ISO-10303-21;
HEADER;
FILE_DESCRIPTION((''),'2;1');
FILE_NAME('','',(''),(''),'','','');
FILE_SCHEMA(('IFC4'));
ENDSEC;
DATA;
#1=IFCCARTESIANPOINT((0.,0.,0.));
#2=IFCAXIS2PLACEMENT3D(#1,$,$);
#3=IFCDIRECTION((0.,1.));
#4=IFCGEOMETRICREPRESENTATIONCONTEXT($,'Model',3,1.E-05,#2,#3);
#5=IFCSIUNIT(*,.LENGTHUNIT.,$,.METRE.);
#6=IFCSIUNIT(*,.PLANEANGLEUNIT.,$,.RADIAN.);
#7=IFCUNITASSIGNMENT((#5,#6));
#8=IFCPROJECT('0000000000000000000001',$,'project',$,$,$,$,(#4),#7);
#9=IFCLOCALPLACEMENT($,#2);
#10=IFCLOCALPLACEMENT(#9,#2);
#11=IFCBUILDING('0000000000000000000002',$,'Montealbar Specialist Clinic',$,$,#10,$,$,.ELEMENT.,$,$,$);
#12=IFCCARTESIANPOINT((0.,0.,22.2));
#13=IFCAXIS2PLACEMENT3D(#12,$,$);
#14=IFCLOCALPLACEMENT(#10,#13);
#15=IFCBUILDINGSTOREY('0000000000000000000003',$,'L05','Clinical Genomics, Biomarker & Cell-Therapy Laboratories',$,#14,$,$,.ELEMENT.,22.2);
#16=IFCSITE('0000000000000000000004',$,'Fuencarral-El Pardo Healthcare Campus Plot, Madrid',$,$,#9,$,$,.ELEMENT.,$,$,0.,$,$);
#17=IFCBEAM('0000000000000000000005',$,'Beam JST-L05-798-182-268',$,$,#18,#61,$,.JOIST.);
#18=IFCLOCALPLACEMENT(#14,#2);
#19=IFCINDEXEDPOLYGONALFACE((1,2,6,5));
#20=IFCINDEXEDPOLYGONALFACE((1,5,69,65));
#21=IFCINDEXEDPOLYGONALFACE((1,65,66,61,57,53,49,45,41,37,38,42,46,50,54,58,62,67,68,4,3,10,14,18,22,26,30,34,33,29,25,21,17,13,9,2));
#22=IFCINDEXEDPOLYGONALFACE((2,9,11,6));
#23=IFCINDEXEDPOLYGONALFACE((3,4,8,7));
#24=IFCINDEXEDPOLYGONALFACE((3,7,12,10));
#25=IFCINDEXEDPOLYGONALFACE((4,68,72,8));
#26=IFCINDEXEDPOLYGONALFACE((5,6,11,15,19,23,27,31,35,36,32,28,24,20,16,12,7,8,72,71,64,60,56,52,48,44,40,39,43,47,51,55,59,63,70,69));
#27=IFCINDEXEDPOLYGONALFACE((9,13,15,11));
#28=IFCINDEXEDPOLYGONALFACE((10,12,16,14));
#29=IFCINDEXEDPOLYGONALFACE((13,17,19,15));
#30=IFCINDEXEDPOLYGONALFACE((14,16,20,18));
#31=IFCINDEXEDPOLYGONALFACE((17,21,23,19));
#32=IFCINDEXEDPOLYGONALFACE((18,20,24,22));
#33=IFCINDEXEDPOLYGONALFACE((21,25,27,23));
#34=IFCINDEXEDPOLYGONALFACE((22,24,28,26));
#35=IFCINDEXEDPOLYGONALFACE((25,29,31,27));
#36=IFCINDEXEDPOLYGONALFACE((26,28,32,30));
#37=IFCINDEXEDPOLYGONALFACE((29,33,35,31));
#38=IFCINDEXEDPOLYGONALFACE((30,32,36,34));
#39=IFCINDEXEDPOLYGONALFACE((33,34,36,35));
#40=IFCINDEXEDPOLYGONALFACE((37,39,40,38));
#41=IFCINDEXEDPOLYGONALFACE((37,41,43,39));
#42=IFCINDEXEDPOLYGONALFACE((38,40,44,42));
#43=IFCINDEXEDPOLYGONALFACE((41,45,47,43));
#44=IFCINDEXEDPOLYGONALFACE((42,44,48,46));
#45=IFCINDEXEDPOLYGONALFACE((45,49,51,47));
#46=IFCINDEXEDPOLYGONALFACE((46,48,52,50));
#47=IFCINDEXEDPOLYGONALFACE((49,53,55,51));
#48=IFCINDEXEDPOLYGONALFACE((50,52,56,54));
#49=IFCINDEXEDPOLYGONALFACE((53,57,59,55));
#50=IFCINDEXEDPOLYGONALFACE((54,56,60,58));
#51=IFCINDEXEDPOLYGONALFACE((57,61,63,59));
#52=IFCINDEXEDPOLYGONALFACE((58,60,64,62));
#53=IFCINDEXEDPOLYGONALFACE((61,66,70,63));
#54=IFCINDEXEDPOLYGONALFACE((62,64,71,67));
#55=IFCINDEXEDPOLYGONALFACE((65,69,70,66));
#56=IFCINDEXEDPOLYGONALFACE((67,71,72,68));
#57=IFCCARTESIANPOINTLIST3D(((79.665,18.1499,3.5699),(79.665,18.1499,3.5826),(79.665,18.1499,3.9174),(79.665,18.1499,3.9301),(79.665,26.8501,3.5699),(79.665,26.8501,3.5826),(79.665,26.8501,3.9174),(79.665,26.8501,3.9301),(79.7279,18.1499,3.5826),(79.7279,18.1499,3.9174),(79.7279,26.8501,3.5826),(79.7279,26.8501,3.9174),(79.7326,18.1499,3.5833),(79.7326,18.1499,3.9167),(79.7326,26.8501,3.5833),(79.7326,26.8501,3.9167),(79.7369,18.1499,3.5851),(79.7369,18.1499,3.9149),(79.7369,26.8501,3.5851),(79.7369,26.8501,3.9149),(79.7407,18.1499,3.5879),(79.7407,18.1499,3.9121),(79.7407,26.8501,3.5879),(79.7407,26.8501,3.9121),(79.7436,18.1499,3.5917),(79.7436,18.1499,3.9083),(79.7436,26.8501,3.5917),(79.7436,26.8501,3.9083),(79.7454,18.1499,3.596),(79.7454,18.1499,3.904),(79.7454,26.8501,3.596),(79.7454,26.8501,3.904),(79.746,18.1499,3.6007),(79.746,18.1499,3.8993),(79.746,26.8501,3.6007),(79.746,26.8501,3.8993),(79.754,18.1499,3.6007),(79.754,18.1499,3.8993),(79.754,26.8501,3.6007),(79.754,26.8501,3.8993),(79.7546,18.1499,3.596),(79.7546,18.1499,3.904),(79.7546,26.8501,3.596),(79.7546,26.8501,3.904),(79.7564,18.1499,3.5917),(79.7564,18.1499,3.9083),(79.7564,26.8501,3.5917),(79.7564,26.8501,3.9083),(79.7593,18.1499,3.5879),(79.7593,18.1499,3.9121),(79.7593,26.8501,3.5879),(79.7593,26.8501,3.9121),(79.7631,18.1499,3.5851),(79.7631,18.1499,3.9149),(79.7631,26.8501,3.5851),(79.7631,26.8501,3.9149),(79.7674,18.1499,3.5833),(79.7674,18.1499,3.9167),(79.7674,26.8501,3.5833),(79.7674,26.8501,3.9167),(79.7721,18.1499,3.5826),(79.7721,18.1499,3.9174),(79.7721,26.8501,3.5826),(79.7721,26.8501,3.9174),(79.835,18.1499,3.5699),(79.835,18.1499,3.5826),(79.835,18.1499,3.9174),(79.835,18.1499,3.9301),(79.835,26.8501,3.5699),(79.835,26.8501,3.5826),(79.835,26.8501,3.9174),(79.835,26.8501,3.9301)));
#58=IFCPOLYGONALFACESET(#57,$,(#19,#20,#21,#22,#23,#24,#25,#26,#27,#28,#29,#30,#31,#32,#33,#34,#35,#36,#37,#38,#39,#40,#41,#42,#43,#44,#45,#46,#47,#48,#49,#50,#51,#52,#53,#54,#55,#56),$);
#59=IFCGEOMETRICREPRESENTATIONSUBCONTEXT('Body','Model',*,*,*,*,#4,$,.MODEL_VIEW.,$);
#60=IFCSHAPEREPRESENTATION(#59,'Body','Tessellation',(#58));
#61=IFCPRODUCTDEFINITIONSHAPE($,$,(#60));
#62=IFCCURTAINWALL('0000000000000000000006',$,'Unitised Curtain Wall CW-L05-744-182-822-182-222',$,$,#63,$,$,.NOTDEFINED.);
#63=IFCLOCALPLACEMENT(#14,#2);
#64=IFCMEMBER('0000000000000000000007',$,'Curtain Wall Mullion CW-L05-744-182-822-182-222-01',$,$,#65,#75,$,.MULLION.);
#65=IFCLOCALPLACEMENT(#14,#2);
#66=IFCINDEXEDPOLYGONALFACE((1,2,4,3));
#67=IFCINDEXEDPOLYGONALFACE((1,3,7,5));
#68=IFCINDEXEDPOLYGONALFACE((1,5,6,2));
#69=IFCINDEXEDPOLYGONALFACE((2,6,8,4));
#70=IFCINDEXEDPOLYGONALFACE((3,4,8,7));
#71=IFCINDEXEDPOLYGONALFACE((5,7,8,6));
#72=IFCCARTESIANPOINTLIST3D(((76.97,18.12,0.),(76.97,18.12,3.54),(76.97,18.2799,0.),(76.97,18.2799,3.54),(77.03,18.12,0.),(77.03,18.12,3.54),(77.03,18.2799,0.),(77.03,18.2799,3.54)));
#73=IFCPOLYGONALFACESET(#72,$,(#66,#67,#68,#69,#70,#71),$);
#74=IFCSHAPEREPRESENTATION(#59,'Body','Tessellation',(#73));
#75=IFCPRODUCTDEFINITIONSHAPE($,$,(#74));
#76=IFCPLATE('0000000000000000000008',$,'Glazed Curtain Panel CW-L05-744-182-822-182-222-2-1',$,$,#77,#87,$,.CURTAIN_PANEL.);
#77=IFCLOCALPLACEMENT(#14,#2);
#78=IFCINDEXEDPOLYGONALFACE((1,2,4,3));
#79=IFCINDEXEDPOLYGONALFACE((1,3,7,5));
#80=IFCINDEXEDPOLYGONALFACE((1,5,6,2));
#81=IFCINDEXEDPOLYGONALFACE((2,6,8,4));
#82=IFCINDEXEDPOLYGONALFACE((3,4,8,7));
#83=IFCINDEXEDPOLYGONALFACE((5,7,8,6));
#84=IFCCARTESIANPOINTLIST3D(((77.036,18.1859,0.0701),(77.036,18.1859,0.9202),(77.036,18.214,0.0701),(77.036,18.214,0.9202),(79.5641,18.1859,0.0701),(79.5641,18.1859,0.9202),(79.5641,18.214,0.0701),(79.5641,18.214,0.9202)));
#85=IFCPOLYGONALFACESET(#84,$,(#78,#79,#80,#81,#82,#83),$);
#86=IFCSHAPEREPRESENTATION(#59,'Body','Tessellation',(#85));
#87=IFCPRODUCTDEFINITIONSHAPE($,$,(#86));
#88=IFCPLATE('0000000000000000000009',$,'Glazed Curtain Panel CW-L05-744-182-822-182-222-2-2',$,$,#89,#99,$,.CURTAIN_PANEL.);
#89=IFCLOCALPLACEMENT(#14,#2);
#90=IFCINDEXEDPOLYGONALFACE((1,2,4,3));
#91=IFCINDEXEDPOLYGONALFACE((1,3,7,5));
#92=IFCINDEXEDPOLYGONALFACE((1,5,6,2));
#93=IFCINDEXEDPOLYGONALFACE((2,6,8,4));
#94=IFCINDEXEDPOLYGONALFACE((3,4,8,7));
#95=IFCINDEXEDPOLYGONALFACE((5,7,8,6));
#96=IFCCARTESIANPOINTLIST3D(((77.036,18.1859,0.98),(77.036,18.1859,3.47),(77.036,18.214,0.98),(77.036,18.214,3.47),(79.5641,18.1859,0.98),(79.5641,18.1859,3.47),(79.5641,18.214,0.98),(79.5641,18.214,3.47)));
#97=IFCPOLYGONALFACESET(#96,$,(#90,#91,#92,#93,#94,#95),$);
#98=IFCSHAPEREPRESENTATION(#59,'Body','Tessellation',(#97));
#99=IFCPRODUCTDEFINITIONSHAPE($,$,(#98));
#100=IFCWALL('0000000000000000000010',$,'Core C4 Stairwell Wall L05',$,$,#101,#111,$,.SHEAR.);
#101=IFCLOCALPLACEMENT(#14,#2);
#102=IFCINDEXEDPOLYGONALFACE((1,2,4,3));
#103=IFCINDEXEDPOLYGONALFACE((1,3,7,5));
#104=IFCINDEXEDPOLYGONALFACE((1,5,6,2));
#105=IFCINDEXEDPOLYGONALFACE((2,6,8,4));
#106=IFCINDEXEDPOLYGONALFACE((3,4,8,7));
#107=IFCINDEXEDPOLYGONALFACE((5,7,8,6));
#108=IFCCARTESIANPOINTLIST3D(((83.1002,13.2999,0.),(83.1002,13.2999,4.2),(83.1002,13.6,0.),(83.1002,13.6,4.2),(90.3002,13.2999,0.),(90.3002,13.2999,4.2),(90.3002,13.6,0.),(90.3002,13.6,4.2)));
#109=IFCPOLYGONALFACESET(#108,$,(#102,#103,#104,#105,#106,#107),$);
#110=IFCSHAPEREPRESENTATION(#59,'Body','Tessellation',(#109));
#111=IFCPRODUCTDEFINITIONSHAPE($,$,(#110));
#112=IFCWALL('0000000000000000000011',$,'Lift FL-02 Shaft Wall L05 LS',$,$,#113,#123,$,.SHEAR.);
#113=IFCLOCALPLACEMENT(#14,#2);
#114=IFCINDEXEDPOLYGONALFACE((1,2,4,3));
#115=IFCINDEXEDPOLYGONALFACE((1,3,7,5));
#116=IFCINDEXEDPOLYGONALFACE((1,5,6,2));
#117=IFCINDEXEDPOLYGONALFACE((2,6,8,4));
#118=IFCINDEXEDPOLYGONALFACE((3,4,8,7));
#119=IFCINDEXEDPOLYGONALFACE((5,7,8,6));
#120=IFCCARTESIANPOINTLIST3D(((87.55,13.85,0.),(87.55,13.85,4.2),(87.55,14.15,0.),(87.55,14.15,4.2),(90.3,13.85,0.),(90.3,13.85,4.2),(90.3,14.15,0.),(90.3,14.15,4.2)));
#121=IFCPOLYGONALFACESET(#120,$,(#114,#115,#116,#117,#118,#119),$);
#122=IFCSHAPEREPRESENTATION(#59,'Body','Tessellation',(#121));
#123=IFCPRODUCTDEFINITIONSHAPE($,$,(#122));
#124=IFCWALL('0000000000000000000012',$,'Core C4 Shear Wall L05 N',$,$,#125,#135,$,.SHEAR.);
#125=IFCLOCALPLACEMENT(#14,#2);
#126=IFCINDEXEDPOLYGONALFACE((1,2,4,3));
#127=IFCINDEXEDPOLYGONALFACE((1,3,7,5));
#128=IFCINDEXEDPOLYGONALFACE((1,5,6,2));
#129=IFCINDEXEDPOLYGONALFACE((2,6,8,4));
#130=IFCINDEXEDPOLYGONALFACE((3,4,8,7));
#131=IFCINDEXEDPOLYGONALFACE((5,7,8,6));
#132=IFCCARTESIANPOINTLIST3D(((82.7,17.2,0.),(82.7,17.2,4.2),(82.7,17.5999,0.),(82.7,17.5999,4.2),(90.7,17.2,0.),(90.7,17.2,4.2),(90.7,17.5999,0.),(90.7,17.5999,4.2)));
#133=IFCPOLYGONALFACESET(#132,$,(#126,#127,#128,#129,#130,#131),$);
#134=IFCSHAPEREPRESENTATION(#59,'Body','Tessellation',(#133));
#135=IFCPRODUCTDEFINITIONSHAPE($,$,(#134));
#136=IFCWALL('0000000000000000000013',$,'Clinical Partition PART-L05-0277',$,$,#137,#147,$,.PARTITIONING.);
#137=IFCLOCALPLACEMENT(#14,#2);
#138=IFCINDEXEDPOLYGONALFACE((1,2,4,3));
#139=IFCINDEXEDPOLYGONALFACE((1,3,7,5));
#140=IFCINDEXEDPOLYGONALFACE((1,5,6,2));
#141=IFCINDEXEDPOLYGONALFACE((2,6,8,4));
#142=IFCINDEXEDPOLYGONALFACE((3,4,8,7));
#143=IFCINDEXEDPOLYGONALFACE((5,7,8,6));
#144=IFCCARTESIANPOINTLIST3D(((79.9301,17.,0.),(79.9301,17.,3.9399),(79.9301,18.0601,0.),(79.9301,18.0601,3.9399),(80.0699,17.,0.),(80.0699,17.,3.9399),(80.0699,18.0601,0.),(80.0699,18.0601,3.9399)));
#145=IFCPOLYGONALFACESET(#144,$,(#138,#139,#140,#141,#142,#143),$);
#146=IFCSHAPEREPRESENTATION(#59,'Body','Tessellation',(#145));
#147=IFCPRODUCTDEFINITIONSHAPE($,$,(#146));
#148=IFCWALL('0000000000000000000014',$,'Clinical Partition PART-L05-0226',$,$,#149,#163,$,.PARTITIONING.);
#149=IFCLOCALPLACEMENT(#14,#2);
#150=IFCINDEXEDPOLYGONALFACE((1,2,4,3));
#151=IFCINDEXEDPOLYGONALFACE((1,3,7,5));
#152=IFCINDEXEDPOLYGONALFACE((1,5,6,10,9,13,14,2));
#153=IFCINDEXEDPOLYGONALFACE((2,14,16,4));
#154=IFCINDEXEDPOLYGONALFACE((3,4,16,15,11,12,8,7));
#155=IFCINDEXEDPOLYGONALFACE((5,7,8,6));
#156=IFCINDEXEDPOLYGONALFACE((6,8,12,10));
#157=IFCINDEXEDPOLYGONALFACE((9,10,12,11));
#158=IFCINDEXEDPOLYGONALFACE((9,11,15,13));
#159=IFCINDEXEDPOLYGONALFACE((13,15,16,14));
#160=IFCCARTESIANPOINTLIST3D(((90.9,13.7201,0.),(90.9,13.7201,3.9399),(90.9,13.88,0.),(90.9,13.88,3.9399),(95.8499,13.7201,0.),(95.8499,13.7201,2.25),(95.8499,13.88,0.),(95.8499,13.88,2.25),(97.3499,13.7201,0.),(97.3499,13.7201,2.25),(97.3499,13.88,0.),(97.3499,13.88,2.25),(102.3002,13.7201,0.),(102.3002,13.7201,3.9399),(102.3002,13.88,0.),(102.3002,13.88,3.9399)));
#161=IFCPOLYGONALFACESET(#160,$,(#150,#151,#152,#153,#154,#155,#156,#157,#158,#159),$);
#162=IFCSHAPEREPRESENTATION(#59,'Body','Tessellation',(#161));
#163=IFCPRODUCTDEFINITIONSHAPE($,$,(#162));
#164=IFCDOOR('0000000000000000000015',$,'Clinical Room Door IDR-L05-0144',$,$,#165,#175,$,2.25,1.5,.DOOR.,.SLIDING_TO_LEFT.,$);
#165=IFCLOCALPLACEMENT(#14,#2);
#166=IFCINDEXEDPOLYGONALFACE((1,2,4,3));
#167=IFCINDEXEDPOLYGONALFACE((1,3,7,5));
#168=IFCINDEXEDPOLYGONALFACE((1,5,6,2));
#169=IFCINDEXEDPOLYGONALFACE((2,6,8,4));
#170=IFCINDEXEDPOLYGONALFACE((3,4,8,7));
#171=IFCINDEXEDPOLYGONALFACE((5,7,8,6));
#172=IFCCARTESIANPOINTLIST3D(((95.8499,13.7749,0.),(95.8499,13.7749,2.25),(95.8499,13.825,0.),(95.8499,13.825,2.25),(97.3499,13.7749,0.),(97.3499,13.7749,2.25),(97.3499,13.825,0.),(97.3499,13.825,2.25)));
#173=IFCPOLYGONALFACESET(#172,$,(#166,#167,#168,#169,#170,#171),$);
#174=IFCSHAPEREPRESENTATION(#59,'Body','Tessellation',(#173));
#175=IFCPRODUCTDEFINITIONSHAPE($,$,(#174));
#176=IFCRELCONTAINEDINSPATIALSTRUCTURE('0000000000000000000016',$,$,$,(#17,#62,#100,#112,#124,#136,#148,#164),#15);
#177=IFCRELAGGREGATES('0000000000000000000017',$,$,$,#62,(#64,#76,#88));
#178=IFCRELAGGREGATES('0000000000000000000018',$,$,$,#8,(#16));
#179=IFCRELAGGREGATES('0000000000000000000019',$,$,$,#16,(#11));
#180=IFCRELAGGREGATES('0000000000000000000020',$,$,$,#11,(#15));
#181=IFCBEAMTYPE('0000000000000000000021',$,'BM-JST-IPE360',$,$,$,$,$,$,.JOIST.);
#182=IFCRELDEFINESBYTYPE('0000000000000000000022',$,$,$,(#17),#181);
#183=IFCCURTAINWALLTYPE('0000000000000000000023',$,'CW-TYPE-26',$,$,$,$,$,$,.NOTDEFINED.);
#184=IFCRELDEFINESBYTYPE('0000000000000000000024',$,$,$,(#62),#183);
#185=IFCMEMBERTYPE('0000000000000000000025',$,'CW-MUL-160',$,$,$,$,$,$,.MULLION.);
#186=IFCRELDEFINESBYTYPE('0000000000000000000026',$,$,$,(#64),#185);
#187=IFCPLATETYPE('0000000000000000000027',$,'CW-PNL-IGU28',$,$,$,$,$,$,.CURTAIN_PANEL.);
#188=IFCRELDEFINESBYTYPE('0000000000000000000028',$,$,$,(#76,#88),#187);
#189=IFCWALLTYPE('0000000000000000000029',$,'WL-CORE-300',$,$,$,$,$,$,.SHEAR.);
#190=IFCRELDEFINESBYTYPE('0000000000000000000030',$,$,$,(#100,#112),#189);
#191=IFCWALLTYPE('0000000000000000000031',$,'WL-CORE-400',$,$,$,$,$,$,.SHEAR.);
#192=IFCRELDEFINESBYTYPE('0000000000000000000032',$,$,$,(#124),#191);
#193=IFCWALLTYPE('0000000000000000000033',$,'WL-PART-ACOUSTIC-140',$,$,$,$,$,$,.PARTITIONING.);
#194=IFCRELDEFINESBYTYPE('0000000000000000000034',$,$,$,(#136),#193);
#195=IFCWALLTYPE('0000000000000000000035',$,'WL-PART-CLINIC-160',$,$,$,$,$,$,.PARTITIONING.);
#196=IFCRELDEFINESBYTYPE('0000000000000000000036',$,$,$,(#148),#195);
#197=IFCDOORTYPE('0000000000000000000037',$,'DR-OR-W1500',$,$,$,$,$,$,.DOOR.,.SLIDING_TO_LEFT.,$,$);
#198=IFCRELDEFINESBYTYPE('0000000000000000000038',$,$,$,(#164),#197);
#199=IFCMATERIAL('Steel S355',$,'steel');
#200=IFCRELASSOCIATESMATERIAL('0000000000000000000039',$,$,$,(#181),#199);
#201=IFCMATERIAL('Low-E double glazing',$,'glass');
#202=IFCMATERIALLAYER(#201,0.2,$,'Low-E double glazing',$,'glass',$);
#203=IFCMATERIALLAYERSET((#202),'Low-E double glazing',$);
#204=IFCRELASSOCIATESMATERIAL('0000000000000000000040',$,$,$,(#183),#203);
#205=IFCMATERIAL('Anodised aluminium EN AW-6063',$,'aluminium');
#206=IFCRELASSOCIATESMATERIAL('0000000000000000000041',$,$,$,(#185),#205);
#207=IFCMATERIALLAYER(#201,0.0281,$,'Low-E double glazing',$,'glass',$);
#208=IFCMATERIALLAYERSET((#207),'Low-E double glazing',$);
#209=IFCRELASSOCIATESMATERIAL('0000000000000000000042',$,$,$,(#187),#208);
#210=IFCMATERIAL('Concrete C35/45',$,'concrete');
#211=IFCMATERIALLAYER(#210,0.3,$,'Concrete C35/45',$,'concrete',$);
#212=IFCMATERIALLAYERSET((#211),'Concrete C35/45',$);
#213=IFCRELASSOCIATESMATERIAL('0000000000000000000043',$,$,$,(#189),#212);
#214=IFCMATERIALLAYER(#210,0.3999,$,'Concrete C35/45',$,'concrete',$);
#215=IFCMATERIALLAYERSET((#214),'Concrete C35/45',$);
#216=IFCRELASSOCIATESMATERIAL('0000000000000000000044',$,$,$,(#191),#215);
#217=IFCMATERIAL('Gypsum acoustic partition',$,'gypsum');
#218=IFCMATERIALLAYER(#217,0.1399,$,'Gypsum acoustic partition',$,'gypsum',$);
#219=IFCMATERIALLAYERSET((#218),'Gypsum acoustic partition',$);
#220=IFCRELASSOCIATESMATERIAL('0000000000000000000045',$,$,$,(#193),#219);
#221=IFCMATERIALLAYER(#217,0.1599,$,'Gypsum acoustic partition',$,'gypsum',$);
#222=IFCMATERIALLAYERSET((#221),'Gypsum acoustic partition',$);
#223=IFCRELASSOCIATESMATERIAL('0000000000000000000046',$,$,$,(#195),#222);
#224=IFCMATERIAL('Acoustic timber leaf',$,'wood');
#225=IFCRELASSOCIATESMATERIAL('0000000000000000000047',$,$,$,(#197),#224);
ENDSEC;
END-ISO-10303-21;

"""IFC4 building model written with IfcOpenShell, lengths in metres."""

from ifc_helpers import new_model, si_unit, direction, frame, frame_2d, origin, origin_2d, place, context, subcontext, project, spatial, rectangle, i_section, extrude, material, layer, layer_set, material_profile, profile_set, type_object, element, fill, aggregate, save


model = new_model("IFC4")

# Units and contexts
model_context = context("Model", 3, precision=1e-05, world=origin(), true_north=direction((0.0, 1.0)))
body_context = subcontext(model_context, "Body", "Model", "MODEL_VIEW")
ifc_project = project(units=[si_unit("LENGTHUNIT", "METRE"), si_unit("PLANEANGLEUNIT", "RADIAN")], contexts=[model_context])

# Site, building, storey
site_placement = place(None, origin())
site = spatial("IfcSite", under=ifc_project, at=site_placement, Name="Fuencarral-El Pardo Healthcare Campus Plot, Madrid", CompositionType="ELEMENT", RefElevation=0.0)
building_placement = place(site_placement, origin())
building = spatial("IfcBuilding", under=site, at=building_placement, Name="Montealbar Specialist Clinic", CompositionType="ELEMENT")
storey_placement = place(building_placement, frame((0.0, 0.0, 22.2)))
storey = spatial("IfcBuildingStorey", under=building, at=storey_placement, Name="L05", Description="Clinical Genomics, Biomarker & Cell-Therapy Laboratories", CompositionType="ELEMENT", Elevation=22.2)

# Shared definitions
ifc_material_1 = material(Name="Steel S355", Category="steel")

# Beam
ifc_material_profile_1 = material_profile(ifc_material_1, i_section(OverallWidth=0.1699, OverallDepth=0.3601, WebThickness=0.0081, FlangeThickness=0.0127, FilletRadius=0.0181, at=origin_2d()), Name="IPE 360", Category="steel")
ifc_profile_set_1 = profile_set([ifc_material_profile_1], Name="Steel S355")
beam_type_1 = type_object("IfcBeamType", Name="BM-JST-IPE360", PredefinedType="JOIST", material=ifc_profile_set_1)
beam_1_placement = place(storey_placement, frame((79.75, 18.1499, 3.75), z_axis=(0.0, 1.0, 0.0), x_axis=(-1.0, 0.0, 0.0)))
element("IfcBeam", 1, at=beam_1_placement, inside=storey, type_object=beam_type_1, Name="Beam JST-L05-798-182-268", PredefinedType="JOIST", context=body_context, shape_type="SweptSolid", body=[
    extrude(i_section(OverallWidth=0.1699, OverallDepth=0.3601, WebThickness=0.0081, FlangeThickness=0.0127, FilletRadius=0.0181, at=origin_2d()), origin(), (0.0, 0.0, 1.0), 8.7002),
])

# Curtain wall, member, plates
ifc_material_2 = material(Name="Low-E double glazing", Category="glass")
ifc_layer_1 = layer(ifc_material_2, 0.2, Name="Low-E double glazing", Category="glass")
ifc_layer_set_1 = layer_set([ifc_layer_1], Name="Low-E double glazing")
curtain_wall_type = type_object("IfcCurtainWallType", Name="CW-TYPE-26", PredefinedType="NOTDEFINED", material=ifc_layer_set_1)
curtain_wall_placement = place(storey_placement, origin())
curtain_wall = element("IfcCurtainWall", 2, at=curtain_wall_placement, inside=storey, type_object=curtain_wall_type, Name="Unitised Curtain Wall CW-L05-744-182-822-182-222", PredefinedType="NOTDEFINED")
ifc_material_3 = material(Name="Anodised aluminium EN AW-6063", Category="aluminium")
ifc_material_profile_2 = material_profile(ifc_material_3, rectangle(XDim=0.0601, YDim=0.1599, at=origin_2d()), Name="ALU 60x160", Category="aluminium")
ifc_profile_set_2 = profile_set([ifc_material_profile_2], Name="Anodised aluminium EN AW-6063")
member_type = type_object("IfcMemberType", Name="CW-MUL-160", PredefinedType="MULLION", material=ifc_profile_set_2)
member_placement = place(storey_placement, frame((77.0, 18.2, 0.0), z_axis=(0.0, 0.0, 1.0), x_axis=(1.0, 0.0, 0.0)))
member = element("IfcMember", 3, at=member_placement, type_object=member_type, Name="Curtain Wall Mullion CW-L05-744-182-822-182-222-01", PredefinedType="MULLION", context=body_context, shape_type="SweptSolid", body=[
    extrude(rectangle(XDim=0.0601, YDim=0.1599, at=origin_2d()), origin(), (0.0, 0.0, 1.0), 3.54),
])
ifc_layer_2 = layer(ifc_material_2, 0.0281, Name="Low-E double glazing", Category="glass")
ifc_layer_set_2 = layer_set([ifc_layer_2], Name="Low-E double glazing")
plate_type = type_object("IfcPlateType", Name="CW-PNL-IGU28", PredefinedType="CURTAIN_PANEL", material=ifc_layer_set_2)
plate_1_placement = place(storey_placement, frame((78.3, 18.2, 0.0701), z_axis=(0.0, 0.0, 1.0), x_axis=(1.0, 0.0, 0.0)))
plate_1 = element("IfcPlate", 4, at=plate_1_placement, type_object=plate_type, Name="Glazed Curtain Panel CW-L05-744-182-822-182-222-2-1", PredefinedType="CURTAIN_PANEL", context=body_context, shape_type="SweptSolid", body=[
    extrude(rectangle(XDim=2.5281, YDim=0.0281, at=origin_2d()), origin(), (0.0, 0.0, 1.0), 0.8501),
])
plate_2_placement = place(storey_placement, frame((78.3, 18.2, 0.98), z_axis=(0.0, 0.0, 1.0), x_axis=(1.0, 0.0, 0.0)))
plate_2 = element("IfcPlate", 5, at=plate_2_placement, type_object=plate_type, Name="Glazed Curtain Panel CW-L05-744-182-822-182-222-2-2", PredefinedType="CURTAIN_PANEL", context=body_context, shape_type="SweptSolid", body=[
    extrude(rectangle(XDim=2.5281, YDim=0.0281, at=origin_2d()), origin(), (0.0, 0.0, 1.0), 2.49),
])
aggregate(curtain_wall, [member, plate_1, plate_2])

# Walls
ifc_material_4 = material(Name="Concrete C35/45", Category="concrete")
ifc_layer_3 = layer(ifc_material_4, 0.3, Name="Concrete C35/45", Category="concrete")
ifc_layer_set_3 = layer_set([ifc_layer_3], Name="Concrete C35/45")
wall_type_1 = type_object("IfcWallType", Name="WL-CORE-300", PredefinedType="SHEAR", material=ifc_layer_set_3)
wall_1_placement = place(storey_placement, frame((83.1001, 13.45, 0.0), z_axis=(0.0, 0.0, 1.0), x_axis=(1.0, 0.0, 0.0)))
element("IfcWall", 6, at=wall_1_placement, inside=storey, type_object=wall_type_1, Name="Core C4 Stairwell Wall L05", PredefinedType="SHEAR", context=body_context, shape_type="SweptSolid", body=[
    extrude(rectangle(XDim=7.2, YDim=0.3, at=frame_2d((3.6001, 0.0))), origin(), (0.0, 0.0, 1.0), 4.2),
])
wall_2_placement = place(storey_placement, frame((87.55, 14.0, 0.0), z_axis=(0.0, 0.0, 1.0), x_axis=(1.0, 0.0, 0.0)))
element("IfcWall", 7, at=wall_2_placement, inside=storey, type_object=wall_type_1, Name="Lift FL-02 Shaft Wall L05 LS", PredefinedType="SHEAR", context=body_context, shape_type="SweptSolid", body=[
    extrude(rectangle(XDim=2.75, YDim=0.3, at=frame_2d((1.375, 0.0))), origin(), (0.0, 0.0, 1.0), 4.2),
])

# Walls
ifc_layer_4 = layer(ifc_material_4, 0.3999, Name="Concrete C35/45", Category="concrete")
ifc_layer_set_4 = layer_set([ifc_layer_4], Name="Concrete C35/45")
wall_type_2 = type_object("IfcWallType", Name="WL-CORE-400", PredefinedType="SHEAR", material=ifc_layer_set_4)
wall_3_placement = place(storey_placement, frame((82.7, 17.3999, 0.0), z_axis=(0.0, 0.0, 1.0), x_axis=(1.0, 0.0, 0.0)))
element("IfcWall", 8, at=wall_3_placement, inside=storey, type_object=wall_type_2, Name="Core C4 Shear Wall L05 N", PredefinedType="SHEAR", context=body_context, shape_type="SweptSolid", body=[
    extrude(rectangle(XDim=8.0, YDim=0.3999, at=frame_2d((4.0, 0.0))), origin(), (0.0, 0.0, 1.0), 4.2),
])
ifc_material_5 = material(Name="Gypsum acoustic partition", Category="gypsum")
ifc_layer_5 = layer(ifc_material_5, 0.1399, Name="Gypsum acoustic partition", Category="gypsum")
ifc_layer_set_5 = layer_set([ifc_layer_5], Name="Gypsum acoustic partition")
wall_type_3 = type_object("IfcWallType", Name="WL-PART-ACOUSTIC-140", PredefinedType="PARTITIONING", material=ifc_layer_set_5)
wall_4_placement = place(storey_placement, frame((80.0, 17.0, 0.0), z_axis=(0.0, 0.0, 1.0), x_axis=(0.0, 1.0, 0.0)))
element("IfcWall", 9, at=wall_4_placement, inside=storey, type_object=wall_type_3, Name="Clinical Partition PART-L05-0277", PredefinedType="PARTITIONING", context=body_context, shape_type="SweptSolid", body=[
    extrude(rectangle(XDim=1.0601, YDim=0.1399, at=frame_2d((0.53, 0.0))), origin(), (0.0, 0.0, 1.0), 3.9399),
])

# Wall, opening, door
ifc_layer_6 = layer(ifc_material_5, 0.1599, Name="Gypsum acoustic partition", Category="gypsum")
ifc_layer_set_6 = layer_set([ifc_layer_6], Name="Gypsum acoustic partition")
wall_type_4 = type_object("IfcWallType", Name="WL-PART-CLINIC-160", PredefinedType="PARTITIONING", material=ifc_layer_set_6)
wall_5_placement = place(storey_placement, frame((90.8999, 13.8, 0.0), z_axis=(0.0, 0.0, 1.0), x_axis=(1.0, 0.0, 0.0)))
wall_5 = element("IfcWall", 10, at=wall_5_placement, inside=storey, type_object=wall_type_4, Name="Clinical Partition PART-L05-0226", PredefinedType="PARTITIONING", context=body_context, shape_type="SweptSolid", body=[
    extrude(rectangle(XDim=11.4001, YDim=0.1599, at=frame_2d((5.7002, 0.0))), origin(), (0.0, 0.0, 1.0), 3.9399),
])
opening_1_placement = place(wall_5_placement, frame((4.95, 0.0, 0.0)))
opening_1 = element("IfcOpeningElement", 11, at=opening_1_placement, cuts=wall_5, PredefinedType="OPENING", context=body_context, shape_type="SweptSolid", body=[
    extrude(rectangle(XDim=1.5, YDim=2.25, at=frame_2d((0.75, 1.125))), frame((0.0, 0.0898, 0.0), z_axis=(0.0, -1.0, 0.0), x_axis=(1.0, 0.0, 0.0)), (0.0, 0.0, 1.0), 0.1799),
])
ifc_material_6 = material(Name="Acoustic timber leaf", Category="wood")
door_type_1 = type_object("IfcDoorType", Name="DR-OR-W1500", OperationType="SLIDING_TO_LEFT", PredefinedType="DOOR", material=ifc_material_6)
door_1_placement = place(opening_1_placement, origin())
door_1 = element("IfcDoor", 12, at=door_1_placement, inside=storey, type_object=door_type_1, Name="Clinical Room Door IDR-L05-0144", OperationType="SLIDING_TO_LEFT", OverallHeight=2.25, OverallWidth=1.5, PredefinedType="DOOR", context=body_context, shape_type="SweptSolid", body=[
    extrude(rectangle(XDim=1.5, YDim=2.25, at=frame_2d((0.75, 1.125))), frame((0.0, 0.0249, 0.0), z_axis=(0.0, -1.0, 0.0), x_axis=(1.0, 0.0, 0.0)), (0.0, 0.0, 1.0), 0.05),
])
fill(opening_1, door_1)

save(model, "model.ifc")
